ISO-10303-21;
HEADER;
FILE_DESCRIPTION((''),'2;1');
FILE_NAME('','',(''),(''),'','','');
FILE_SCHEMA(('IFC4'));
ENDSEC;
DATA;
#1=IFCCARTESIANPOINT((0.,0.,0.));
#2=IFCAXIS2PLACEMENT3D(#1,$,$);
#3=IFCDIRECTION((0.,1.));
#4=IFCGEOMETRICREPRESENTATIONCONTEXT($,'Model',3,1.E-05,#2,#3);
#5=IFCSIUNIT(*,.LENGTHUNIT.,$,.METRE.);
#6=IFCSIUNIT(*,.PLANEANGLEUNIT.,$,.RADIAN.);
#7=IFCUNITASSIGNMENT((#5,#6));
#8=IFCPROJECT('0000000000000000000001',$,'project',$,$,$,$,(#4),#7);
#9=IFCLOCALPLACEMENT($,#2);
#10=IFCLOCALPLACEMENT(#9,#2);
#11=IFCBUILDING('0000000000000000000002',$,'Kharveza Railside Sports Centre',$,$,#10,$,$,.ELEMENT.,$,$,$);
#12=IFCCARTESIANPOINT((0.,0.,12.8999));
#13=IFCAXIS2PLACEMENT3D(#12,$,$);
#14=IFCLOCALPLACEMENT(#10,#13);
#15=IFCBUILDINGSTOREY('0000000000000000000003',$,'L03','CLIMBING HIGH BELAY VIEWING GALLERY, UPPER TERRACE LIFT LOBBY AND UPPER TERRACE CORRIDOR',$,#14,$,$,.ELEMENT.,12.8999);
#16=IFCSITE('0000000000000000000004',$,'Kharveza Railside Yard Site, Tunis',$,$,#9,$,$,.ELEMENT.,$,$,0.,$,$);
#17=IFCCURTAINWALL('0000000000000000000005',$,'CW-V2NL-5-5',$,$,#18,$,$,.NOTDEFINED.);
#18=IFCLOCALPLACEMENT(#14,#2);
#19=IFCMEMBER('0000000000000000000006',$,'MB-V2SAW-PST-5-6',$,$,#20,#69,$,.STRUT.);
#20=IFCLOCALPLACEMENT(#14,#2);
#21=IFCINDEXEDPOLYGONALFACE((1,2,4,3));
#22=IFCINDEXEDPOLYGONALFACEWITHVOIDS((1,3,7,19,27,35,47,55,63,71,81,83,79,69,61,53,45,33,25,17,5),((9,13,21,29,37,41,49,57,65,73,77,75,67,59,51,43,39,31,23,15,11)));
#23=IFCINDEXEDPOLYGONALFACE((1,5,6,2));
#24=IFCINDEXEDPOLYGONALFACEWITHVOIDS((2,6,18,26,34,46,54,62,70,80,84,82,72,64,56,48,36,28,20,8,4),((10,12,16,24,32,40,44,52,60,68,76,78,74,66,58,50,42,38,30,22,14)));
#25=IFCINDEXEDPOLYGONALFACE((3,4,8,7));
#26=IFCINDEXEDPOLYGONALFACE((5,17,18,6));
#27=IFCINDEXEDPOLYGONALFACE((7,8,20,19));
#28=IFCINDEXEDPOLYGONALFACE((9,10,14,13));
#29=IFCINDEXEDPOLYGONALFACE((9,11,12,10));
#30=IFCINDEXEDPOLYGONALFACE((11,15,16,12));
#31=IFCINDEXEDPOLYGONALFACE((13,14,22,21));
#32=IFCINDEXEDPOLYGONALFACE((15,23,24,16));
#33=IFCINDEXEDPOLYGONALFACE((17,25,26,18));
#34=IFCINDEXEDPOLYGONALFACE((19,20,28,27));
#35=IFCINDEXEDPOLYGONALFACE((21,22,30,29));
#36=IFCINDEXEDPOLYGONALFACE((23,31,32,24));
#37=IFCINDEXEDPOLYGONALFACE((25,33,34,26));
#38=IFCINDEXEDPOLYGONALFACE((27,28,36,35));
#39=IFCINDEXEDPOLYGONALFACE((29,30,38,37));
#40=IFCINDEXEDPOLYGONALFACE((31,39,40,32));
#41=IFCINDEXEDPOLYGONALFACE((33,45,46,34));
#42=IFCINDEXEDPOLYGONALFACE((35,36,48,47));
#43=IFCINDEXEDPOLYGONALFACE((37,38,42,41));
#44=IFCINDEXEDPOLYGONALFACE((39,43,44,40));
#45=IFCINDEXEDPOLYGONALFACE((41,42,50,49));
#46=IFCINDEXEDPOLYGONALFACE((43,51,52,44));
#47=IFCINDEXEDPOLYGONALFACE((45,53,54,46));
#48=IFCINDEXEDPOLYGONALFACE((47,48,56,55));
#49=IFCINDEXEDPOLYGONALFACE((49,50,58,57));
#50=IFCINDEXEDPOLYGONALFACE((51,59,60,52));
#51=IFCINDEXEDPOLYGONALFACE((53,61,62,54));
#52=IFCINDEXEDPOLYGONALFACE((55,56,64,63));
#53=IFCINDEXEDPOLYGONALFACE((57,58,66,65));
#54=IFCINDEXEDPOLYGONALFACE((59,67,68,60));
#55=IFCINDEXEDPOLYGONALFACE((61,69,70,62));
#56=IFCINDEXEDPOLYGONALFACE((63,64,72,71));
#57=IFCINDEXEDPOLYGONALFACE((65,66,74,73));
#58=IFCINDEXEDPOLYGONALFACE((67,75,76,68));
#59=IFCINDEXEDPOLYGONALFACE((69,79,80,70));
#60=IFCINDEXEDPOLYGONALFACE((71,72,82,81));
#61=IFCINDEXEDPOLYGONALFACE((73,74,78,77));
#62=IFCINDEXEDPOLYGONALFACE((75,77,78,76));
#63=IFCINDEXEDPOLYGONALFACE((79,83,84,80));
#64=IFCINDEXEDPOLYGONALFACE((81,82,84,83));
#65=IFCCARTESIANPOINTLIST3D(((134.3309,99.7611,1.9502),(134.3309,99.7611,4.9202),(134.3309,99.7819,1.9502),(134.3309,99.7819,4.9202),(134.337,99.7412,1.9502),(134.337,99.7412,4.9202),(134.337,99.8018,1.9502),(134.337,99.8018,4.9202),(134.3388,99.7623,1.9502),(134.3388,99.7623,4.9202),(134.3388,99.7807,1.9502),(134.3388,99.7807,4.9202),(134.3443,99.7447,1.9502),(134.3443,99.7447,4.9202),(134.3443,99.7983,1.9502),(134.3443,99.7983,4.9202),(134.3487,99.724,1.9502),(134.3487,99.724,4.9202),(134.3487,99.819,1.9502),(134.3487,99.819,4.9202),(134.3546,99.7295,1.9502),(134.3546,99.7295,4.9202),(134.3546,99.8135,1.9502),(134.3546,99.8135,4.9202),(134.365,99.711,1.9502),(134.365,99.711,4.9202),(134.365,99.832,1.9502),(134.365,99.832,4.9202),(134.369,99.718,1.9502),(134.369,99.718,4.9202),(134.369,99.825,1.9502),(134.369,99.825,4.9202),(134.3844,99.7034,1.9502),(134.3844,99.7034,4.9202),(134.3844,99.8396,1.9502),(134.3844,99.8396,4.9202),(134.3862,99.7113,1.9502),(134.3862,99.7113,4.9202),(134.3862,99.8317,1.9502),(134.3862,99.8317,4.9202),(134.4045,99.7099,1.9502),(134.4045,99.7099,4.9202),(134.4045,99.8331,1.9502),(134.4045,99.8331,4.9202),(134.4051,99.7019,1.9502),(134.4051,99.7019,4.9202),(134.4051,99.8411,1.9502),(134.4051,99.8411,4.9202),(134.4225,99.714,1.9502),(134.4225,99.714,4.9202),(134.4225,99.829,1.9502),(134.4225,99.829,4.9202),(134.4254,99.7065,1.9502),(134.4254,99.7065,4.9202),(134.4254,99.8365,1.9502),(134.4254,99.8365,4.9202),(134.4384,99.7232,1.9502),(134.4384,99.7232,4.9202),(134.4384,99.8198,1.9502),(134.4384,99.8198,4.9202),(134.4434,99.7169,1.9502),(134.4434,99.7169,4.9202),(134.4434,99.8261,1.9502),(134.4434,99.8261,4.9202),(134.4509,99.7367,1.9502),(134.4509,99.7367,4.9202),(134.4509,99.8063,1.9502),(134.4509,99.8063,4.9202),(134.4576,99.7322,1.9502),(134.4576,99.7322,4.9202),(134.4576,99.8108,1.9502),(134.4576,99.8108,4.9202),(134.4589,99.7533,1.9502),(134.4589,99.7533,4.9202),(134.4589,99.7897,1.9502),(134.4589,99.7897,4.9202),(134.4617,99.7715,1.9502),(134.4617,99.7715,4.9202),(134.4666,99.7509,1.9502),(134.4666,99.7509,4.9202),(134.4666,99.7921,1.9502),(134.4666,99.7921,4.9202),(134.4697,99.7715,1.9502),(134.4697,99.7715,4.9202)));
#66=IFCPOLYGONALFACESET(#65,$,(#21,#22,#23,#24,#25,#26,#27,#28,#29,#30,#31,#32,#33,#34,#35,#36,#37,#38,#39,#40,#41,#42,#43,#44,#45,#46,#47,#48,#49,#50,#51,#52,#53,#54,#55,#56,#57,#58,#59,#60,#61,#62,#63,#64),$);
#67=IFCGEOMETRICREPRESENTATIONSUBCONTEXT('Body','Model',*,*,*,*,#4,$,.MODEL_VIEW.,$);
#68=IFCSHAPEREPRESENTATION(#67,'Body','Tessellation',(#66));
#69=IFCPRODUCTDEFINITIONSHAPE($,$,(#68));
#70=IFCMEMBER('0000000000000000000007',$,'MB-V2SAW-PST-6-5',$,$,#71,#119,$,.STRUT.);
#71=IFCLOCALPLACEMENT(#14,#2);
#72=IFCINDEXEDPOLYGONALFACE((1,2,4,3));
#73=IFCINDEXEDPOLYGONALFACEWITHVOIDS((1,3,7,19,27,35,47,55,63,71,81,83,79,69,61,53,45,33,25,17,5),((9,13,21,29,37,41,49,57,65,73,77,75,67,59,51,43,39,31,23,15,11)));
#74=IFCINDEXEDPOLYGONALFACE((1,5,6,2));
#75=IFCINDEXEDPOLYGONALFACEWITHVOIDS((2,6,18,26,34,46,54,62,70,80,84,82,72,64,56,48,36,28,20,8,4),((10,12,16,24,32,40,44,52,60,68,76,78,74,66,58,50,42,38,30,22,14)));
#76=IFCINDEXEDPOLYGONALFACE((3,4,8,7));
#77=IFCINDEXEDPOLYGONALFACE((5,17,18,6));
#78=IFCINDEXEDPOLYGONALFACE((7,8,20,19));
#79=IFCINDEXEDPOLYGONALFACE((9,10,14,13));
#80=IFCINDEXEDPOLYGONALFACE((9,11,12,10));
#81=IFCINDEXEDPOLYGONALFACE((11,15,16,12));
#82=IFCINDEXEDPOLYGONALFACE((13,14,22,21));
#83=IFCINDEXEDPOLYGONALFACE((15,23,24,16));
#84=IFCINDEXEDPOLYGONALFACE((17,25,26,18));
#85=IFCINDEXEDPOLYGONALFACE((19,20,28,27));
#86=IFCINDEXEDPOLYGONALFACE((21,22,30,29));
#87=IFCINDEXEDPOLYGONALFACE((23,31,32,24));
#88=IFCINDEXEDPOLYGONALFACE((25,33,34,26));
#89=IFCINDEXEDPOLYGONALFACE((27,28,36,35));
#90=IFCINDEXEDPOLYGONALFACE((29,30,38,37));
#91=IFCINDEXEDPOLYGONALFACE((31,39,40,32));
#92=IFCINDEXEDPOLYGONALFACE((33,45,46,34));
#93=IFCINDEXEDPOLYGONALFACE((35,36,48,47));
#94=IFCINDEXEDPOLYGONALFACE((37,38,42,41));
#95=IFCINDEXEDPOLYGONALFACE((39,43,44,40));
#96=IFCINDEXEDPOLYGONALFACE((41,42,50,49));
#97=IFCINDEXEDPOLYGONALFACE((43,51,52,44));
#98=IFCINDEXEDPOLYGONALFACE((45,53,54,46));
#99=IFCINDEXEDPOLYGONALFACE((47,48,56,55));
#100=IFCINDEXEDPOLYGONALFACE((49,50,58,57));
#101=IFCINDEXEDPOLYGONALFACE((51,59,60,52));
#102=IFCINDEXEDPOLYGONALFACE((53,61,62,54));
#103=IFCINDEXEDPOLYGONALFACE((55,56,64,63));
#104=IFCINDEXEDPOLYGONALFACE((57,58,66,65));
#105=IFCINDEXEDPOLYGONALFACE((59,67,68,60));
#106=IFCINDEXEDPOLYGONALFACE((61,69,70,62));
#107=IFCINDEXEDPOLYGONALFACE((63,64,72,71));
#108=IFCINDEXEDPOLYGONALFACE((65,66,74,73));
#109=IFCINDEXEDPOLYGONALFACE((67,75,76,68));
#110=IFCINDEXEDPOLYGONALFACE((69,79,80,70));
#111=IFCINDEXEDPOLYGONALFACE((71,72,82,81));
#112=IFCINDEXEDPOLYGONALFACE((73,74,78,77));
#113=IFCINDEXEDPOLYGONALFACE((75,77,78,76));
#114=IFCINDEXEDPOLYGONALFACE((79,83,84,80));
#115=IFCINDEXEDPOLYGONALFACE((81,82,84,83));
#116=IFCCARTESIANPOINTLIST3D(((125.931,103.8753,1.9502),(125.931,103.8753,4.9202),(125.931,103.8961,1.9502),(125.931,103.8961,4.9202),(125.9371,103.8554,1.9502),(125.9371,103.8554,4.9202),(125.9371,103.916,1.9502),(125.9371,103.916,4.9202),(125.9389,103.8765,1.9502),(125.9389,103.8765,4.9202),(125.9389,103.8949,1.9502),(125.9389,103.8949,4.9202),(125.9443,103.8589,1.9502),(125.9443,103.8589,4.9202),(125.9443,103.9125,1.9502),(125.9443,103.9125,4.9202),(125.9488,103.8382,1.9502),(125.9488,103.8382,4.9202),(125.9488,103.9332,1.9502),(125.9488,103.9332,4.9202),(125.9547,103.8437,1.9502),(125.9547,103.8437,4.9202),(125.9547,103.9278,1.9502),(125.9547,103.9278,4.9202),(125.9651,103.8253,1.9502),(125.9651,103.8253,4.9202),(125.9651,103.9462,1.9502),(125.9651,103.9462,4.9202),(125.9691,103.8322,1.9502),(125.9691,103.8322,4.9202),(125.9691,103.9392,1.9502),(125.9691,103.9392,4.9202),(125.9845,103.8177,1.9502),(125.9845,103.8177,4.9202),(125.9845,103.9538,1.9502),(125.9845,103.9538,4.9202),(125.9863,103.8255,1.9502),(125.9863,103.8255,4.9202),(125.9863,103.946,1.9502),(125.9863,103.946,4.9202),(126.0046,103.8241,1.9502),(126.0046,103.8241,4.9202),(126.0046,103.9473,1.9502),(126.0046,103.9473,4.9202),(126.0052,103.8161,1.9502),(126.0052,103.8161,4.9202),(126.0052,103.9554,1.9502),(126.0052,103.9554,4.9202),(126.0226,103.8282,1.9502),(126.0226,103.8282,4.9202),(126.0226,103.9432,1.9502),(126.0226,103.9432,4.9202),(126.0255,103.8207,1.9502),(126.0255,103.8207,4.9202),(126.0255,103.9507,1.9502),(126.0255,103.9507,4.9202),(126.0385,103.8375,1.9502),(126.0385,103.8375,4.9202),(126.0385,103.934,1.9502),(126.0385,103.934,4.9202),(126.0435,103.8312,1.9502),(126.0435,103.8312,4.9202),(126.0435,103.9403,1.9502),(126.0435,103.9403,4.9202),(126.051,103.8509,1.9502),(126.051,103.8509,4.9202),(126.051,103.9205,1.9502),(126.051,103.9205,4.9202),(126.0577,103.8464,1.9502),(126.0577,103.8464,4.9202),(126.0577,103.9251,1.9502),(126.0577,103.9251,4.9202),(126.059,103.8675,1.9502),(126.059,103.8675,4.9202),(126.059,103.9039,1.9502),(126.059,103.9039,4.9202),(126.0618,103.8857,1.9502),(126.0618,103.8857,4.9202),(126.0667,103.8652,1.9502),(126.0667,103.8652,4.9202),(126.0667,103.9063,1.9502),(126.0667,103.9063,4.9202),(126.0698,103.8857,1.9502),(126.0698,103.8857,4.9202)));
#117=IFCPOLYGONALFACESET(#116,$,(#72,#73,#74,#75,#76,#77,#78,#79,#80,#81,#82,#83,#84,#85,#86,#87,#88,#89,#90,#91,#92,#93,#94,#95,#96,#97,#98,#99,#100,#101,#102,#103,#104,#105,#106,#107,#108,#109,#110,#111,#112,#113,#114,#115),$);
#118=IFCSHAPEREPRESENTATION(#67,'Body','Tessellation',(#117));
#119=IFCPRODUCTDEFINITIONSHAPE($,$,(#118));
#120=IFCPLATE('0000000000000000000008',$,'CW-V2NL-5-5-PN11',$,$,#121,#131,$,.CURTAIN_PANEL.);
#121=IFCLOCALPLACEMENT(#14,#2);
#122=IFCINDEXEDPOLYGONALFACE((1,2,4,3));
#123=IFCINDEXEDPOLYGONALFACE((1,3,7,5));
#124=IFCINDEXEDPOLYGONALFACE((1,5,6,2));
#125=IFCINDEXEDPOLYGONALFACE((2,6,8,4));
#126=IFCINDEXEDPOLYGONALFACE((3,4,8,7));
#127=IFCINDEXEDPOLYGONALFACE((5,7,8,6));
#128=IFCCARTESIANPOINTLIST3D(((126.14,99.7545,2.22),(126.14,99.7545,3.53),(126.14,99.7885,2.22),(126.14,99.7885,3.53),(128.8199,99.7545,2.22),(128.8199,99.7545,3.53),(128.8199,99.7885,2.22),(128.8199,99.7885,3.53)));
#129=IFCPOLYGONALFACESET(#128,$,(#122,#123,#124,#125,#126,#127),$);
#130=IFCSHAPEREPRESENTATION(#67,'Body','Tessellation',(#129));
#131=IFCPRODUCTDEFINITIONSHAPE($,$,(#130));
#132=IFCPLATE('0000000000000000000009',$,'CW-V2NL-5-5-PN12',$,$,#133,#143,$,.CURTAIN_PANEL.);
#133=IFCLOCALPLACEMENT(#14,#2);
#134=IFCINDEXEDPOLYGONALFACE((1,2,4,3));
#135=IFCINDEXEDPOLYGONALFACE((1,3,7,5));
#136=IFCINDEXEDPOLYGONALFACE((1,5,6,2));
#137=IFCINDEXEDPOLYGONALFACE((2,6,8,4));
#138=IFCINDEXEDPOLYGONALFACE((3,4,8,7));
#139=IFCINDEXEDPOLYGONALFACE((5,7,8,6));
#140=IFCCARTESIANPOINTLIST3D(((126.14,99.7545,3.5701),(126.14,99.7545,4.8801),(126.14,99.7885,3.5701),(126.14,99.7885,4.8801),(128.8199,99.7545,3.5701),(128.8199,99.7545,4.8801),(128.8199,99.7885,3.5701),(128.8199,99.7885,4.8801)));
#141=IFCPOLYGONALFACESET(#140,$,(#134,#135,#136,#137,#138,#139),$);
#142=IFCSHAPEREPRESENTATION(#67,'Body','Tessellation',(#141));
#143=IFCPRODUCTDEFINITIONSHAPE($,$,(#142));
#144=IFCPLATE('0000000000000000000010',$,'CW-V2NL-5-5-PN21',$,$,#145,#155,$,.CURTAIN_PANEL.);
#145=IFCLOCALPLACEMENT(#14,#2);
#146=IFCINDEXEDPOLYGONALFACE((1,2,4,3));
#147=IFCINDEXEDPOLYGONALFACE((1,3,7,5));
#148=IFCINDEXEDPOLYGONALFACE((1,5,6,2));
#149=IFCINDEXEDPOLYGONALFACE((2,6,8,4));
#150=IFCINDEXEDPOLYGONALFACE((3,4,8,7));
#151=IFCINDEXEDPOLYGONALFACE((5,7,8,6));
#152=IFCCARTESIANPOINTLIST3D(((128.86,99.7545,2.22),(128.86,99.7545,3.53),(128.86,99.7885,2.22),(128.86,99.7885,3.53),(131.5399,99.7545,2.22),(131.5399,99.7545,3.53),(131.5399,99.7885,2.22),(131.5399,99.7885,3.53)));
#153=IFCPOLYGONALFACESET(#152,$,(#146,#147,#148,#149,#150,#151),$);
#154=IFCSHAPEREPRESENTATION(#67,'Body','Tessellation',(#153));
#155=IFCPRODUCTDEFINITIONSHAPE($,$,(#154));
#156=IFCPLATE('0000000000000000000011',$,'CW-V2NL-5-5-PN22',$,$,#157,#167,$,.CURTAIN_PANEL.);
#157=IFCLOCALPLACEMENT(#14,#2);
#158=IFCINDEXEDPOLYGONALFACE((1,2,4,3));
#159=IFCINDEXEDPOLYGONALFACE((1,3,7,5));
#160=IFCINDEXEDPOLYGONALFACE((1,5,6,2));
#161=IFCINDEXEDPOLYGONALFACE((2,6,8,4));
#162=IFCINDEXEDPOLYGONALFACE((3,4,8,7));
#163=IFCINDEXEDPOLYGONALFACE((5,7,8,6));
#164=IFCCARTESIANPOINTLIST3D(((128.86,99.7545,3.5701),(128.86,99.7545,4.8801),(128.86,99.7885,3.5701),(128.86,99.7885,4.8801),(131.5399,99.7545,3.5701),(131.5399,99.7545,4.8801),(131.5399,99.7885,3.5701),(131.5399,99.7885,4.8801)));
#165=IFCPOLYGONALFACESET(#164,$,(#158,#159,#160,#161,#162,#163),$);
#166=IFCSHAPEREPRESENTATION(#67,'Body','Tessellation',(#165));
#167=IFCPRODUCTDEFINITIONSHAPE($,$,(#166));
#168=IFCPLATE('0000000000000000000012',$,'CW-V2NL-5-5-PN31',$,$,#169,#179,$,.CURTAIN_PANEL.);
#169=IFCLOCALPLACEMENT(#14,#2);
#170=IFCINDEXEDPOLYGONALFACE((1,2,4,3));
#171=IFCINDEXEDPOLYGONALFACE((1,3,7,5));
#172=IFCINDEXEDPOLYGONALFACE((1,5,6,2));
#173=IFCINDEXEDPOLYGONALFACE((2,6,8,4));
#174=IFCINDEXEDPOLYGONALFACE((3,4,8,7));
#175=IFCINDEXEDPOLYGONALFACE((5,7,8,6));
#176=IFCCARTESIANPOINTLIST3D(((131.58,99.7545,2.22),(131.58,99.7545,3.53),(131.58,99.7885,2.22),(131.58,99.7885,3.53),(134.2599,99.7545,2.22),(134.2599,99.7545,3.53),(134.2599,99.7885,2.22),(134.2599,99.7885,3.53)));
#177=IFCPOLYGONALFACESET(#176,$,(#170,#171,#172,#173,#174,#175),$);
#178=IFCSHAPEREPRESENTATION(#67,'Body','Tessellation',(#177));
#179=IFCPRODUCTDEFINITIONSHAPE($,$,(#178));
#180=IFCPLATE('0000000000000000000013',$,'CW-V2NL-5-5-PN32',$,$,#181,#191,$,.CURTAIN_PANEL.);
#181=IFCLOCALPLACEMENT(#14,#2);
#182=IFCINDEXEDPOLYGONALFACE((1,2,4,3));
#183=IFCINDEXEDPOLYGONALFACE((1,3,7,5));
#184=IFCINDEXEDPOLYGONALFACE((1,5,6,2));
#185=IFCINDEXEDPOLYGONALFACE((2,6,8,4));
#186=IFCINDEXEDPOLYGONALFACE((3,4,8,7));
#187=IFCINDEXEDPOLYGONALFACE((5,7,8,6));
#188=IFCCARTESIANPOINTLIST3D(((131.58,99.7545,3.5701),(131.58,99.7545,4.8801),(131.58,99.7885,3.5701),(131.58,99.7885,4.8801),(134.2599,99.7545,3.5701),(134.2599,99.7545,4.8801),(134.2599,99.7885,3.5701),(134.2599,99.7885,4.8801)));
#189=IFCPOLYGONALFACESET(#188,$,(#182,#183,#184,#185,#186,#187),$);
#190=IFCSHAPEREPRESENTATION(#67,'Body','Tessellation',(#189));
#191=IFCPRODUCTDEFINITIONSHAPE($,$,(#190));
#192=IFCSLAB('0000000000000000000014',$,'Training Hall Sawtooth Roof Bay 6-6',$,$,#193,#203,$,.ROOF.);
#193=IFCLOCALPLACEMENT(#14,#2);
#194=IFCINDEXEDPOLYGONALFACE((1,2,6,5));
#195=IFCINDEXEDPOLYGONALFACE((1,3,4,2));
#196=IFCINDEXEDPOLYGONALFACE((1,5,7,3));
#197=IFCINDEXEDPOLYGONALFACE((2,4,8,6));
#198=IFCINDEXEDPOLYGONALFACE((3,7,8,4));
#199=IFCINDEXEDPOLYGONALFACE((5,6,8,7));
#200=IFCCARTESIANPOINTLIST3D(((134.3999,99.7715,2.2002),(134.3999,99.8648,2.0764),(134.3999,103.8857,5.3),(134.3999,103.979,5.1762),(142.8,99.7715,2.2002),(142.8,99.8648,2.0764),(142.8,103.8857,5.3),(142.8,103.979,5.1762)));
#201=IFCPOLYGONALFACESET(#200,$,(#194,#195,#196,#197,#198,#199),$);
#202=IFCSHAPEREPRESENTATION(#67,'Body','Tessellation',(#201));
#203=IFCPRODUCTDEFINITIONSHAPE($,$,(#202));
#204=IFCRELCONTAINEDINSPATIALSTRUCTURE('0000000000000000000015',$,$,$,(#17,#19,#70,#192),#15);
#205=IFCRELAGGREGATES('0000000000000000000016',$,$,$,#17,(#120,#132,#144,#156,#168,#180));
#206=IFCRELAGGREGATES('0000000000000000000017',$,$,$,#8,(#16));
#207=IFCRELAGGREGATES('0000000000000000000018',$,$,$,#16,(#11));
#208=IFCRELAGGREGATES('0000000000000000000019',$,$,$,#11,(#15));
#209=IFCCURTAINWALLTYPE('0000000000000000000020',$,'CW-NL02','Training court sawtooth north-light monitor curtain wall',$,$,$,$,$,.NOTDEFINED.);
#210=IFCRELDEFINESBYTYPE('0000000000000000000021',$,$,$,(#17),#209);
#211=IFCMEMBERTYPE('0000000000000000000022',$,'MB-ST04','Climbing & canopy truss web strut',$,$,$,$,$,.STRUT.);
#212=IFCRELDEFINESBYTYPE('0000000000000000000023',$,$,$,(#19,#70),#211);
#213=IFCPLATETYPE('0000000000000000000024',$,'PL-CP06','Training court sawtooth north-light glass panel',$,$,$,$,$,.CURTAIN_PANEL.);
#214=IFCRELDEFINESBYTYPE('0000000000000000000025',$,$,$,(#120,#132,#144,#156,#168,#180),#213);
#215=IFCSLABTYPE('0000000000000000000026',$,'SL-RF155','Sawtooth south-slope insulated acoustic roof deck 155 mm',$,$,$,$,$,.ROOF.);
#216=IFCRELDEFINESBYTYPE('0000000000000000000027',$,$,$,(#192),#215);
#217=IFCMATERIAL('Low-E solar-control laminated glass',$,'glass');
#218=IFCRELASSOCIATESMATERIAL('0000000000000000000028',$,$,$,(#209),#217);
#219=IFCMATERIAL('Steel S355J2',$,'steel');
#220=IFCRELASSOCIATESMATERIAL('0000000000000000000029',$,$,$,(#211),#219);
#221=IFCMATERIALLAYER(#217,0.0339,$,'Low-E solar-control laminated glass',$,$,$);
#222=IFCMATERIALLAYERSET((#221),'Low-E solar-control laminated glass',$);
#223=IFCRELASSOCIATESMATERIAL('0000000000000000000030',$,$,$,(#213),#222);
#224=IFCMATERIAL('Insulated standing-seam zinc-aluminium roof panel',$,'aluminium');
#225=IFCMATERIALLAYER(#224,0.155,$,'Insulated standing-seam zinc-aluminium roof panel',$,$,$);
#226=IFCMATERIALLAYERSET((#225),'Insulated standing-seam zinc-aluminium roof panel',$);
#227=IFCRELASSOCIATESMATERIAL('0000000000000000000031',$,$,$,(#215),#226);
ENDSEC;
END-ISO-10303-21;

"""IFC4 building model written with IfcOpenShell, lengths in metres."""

from ifc_helpers import new_model, si_unit, direction, frame, origin, origin_2d, place, context, subcontext, project, spatial, polyline, rectangle, hollow_circle, outline, extrude, material, layer, layer_set, material_profile, profile_set, type_object, element, aggregate, save


model = new_model("IFC4")

# Units and contexts
model_context = context("Model", 3, precision=1e-05, world=origin(), true_north=direction((0.0, 1.0)))
body_context = subcontext(model_context, "Body", "Model", "MODEL_VIEW")
ifc_project = project(units=[si_unit("LENGTHUNIT", "METRE"), si_unit("PLANEANGLEUNIT", "RADIAN")], contexts=[model_context])

# Site, building, storey
site_placement = place(None, origin())
site = spatial("IfcSite", under=ifc_project, at=site_placement, Name="Kharveza Railside Yard Site, Tunis", CompositionType="ELEMENT", RefElevation=0.0)
building_placement = place(site_placement, origin())
building = spatial("IfcBuilding", under=site, at=building_placement, Name="Kharveza Railside Sports Centre", CompositionType="ELEMENT")
storey_placement = place(building_placement, frame((0.0, 0.0, 12.8999)))
storey = spatial("IfcBuildingStorey", under=building, at=storey_placement, Name="L03", Description="CLIMBING HIGH BELAY VIEWING GALLERY, UPPER TERRACE LIFT LOBBY AND UPPER TERRACE CORRIDOR", CompositionType="ELEMENT", Elevation=12.8999)

# Shared definitions
ifc_material_1 = material(Name="Steel S355J2", Category="steel")

# Curtain wall
ifc_material_2 = material(Name="Low-E solar-control laminated glass", Category="glass")
curtain_wall_type = type_object("IfcCurtainWallType", Name="CW-NL02", Description="Training court sawtooth north-light monitor curtain wall", PredefinedType="NOTDEFINED", material=ifc_material_2)
curtain_wall_1_placement = place(storey_placement, origin())
curtain_wall_1 = element("IfcCurtainWall", 1, at=curtain_wall_1_placement, inside=storey, type_object=curtain_wall_type, Name="CW-V2NL-5-5", PredefinedType="NOTDEFINED")

# Members
ifc_material_profile_1 = material_profile(ifc_material_1, hollow_circle(Radius=0.0698, WallThickness=0.0081, at=origin_2d()), Name="CHS 139.7x8.0")
ifc_profile_set_1 = profile_set([ifc_material_profile_1], Name="Steel S355J2")
member_type_1 = type_object("IfcMemberType", Name="MB-ST04", Description="Climbing & canopy truss web strut", PredefinedType="STRUT", material=ifc_profile_set_1)
for number, where, z_axis, x_axis, name in (
    (2, (134.3999, 99.7715, 1.9502), (0.0, 0.0, 1.0), (1.0, 0.0, 0.0), "MB-V2SAW-PST-5-6"),
    (3, (126.0, 103.8857, 1.9502), (0.0, 0.0, 1.0), (1.0, 0.0, 0.0), "MB-V2SAW-PST-6-5"),
):
    element("IfcMember", number, at=place(storey_placement, frame(where, z_axis=z_axis, x_axis=x_axis)), inside=storey, type_object=member_type_1, Name=name, PredefinedType="STRUT", context=body_context, shape_type="SweptSolid", body=[
        extrude(hollow_circle(Radius=0.0698, WallThickness=0.0081, at=origin_2d()), origin(), (0.0, 0.0, 1.0), 2.97),
    ])

# Plates
ifc_layer_1 = layer(ifc_material_2, 0.0339, Name="Low-E solar-control laminated glass")
ifc_layer_set_1 = layer_set([ifc_layer_1], Name="Low-E solar-control laminated glass")
plate_type = type_object("IfcPlateType", Name="PL-CP06", Description="Training court sawtooth north-light glass panel", PredefinedType="CURTAIN_PANEL", material=ifc_layer_set_1)
plate_1_placement = place(storey_placement, frame((127.48, 99.7715, 2.22), z_axis=(0.0, 0.0, 1.0), x_axis=(1.0, 0.0, 0.0)))
plate_1 = element("IfcPlate", 4, at=plate_1_placement, type_object=plate_type, Name="CW-V2NL-5-5-PN11", PredefinedType="CURTAIN_PANEL", context=body_context, shape_type="SweptSolid", body=[
    extrude(rectangle(XDim=2.6799, YDim=0.0339, at=origin_2d()), origin(), (0.0, 0.0, 1.0), 1.3101),
])
plate_2_placement = place(storey_placement, frame((127.48, 99.7715, 3.5701), z_axis=(0.0, 0.0, 1.0), x_axis=(1.0, 0.0, 0.0)))
plate_2 = element("IfcPlate", 5, at=plate_2_placement, type_object=plate_type, Name="CW-V2NL-5-5-PN12", PredefinedType="CURTAIN_PANEL", context=body_context, shape_type="SweptSolid", body=[
    extrude(rectangle(XDim=2.6799, YDim=0.0339, at=origin_2d()), origin(), (0.0, 0.0, 1.0), 1.3101),
])
plate_3_placement = place(storey_placement, frame((130.2, 99.7715, 2.22), z_axis=(0.0, 0.0, 1.0), x_axis=(1.0, 0.0, 0.0)))
plate_3 = element("IfcPlate", 6, at=plate_3_placement, type_object=plate_type, Name="CW-V2NL-5-5-PN21", PredefinedType="CURTAIN_PANEL", context=body_context, shape_type="SweptSolid", body=[
    extrude(rectangle(XDim=2.6799, YDim=0.0339, at=origin_2d()), origin(), (0.0, 0.0, 1.0), 1.3101),
])
plate_4_placement = place(storey_placement, frame((130.2, 99.7715, 3.5701), z_axis=(0.0, 0.0, 1.0), x_axis=(1.0, 0.0, 0.0)))
plate_4 = element("IfcPlate", 7, at=plate_4_placement, type_object=plate_type, Name="CW-V2NL-5-5-PN22", PredefinedType="CURTAIN_PANEL", context=body_context, shape_type="SweptSolid", body=[
    extrude(rectangle(XDim=2.6799, YDim=0.0339, at=origin_2d()), origin(), (0.0, 0.0, 1.0), 1.3101),
])
plate_5_placement = place(storey_placement, frame((132.9199, 99.7715, 2.22), z_axis=(0.0, 0.0, 1.0), x_axis=(1.0, 0.0, 0.0)))
plate_5 = element("IfcPlate", 8, at=plate_5_placement, type_object=plate_type, Name="CW-V2NL-5-5-PN31", PredefinedType="CURTAIN_PANEL", context=body_context, shape_type="SweptSolid", body=[
    extrude(rectangle(XDim=2.6799, YDim=0.0339, at=origin_2d()), origin(), (0.0, 0.0, 1.0), 1.3101),
])
plate_6_placement = place(storey_placement, frame((132.9199, 99.7715, 3.5701), z_axis=(0.0, 0.0, 1.0), x_axis=(1.0, 0.0, 0.0)))
plate_6 = element("IfcPlate", 9, at=plate_6_placement, type_object=plate_type, Name="CW-V2NL-5-5-PN32", PredefinedType="CURTAIN_PANEL", context=body_context, shape_type="SweptSolid", body=[
    extrude(rectangle(XDim=2.6799, YDim=0.0339, at=origin_2d()), origin(), (0.0, 0.0, 1.0), 1.3101),
])
aggregate(curtain_wall_1, [plate_1, plate_2, plate_3, plate_4, plate_5, plate_6])

# Slab
ifc_material_3 = material(Name="Insulated standing-seam zinc-aluminium roof panel", Category="aluminium")
ifc_layer_2 = layer(ifc_material_3, 0.155, Name="Insulated standing-seam zinc-aluminium roof panel")
ifc_layer_set_2 = layer_set([ifc_layer_2], Name="Insulated standing-seam zinc-aluminium roof panel")
slab_type = type_object("IfcSlabType", Name="SL-RF155", Description="Sawtooth south-slope insulated acoustic roof deck 155 mm", PredefinedType="ROOF", material=ifc_layer_set_2)
slab_1_placement = place(storey_placement, frame((134.3999, 99.7715, 2.2002), z_axis=(0.0, -0.601758, 0.798679), x_axis=(1.0, 0.0, 0.0)))
element("IfcSlab", 10, at=slab_1_placement, inside=storey, type_object=slab_type, Name="Training Hall Sawtooth Roof Bay 6-6", PredefinedType="ROOF", context=body_context, shape_type="SweptSolid", body=[
    extrude(outline(polyline([(0.0, 0.0), (8.4001, 0.0), (8.4001, 5.1513), (0.0, 5.1513), (0.0, 0.0)])), origin(), (0.0, 0.0, -1.0), 0.155),
])

save(model, "model.ifc")
